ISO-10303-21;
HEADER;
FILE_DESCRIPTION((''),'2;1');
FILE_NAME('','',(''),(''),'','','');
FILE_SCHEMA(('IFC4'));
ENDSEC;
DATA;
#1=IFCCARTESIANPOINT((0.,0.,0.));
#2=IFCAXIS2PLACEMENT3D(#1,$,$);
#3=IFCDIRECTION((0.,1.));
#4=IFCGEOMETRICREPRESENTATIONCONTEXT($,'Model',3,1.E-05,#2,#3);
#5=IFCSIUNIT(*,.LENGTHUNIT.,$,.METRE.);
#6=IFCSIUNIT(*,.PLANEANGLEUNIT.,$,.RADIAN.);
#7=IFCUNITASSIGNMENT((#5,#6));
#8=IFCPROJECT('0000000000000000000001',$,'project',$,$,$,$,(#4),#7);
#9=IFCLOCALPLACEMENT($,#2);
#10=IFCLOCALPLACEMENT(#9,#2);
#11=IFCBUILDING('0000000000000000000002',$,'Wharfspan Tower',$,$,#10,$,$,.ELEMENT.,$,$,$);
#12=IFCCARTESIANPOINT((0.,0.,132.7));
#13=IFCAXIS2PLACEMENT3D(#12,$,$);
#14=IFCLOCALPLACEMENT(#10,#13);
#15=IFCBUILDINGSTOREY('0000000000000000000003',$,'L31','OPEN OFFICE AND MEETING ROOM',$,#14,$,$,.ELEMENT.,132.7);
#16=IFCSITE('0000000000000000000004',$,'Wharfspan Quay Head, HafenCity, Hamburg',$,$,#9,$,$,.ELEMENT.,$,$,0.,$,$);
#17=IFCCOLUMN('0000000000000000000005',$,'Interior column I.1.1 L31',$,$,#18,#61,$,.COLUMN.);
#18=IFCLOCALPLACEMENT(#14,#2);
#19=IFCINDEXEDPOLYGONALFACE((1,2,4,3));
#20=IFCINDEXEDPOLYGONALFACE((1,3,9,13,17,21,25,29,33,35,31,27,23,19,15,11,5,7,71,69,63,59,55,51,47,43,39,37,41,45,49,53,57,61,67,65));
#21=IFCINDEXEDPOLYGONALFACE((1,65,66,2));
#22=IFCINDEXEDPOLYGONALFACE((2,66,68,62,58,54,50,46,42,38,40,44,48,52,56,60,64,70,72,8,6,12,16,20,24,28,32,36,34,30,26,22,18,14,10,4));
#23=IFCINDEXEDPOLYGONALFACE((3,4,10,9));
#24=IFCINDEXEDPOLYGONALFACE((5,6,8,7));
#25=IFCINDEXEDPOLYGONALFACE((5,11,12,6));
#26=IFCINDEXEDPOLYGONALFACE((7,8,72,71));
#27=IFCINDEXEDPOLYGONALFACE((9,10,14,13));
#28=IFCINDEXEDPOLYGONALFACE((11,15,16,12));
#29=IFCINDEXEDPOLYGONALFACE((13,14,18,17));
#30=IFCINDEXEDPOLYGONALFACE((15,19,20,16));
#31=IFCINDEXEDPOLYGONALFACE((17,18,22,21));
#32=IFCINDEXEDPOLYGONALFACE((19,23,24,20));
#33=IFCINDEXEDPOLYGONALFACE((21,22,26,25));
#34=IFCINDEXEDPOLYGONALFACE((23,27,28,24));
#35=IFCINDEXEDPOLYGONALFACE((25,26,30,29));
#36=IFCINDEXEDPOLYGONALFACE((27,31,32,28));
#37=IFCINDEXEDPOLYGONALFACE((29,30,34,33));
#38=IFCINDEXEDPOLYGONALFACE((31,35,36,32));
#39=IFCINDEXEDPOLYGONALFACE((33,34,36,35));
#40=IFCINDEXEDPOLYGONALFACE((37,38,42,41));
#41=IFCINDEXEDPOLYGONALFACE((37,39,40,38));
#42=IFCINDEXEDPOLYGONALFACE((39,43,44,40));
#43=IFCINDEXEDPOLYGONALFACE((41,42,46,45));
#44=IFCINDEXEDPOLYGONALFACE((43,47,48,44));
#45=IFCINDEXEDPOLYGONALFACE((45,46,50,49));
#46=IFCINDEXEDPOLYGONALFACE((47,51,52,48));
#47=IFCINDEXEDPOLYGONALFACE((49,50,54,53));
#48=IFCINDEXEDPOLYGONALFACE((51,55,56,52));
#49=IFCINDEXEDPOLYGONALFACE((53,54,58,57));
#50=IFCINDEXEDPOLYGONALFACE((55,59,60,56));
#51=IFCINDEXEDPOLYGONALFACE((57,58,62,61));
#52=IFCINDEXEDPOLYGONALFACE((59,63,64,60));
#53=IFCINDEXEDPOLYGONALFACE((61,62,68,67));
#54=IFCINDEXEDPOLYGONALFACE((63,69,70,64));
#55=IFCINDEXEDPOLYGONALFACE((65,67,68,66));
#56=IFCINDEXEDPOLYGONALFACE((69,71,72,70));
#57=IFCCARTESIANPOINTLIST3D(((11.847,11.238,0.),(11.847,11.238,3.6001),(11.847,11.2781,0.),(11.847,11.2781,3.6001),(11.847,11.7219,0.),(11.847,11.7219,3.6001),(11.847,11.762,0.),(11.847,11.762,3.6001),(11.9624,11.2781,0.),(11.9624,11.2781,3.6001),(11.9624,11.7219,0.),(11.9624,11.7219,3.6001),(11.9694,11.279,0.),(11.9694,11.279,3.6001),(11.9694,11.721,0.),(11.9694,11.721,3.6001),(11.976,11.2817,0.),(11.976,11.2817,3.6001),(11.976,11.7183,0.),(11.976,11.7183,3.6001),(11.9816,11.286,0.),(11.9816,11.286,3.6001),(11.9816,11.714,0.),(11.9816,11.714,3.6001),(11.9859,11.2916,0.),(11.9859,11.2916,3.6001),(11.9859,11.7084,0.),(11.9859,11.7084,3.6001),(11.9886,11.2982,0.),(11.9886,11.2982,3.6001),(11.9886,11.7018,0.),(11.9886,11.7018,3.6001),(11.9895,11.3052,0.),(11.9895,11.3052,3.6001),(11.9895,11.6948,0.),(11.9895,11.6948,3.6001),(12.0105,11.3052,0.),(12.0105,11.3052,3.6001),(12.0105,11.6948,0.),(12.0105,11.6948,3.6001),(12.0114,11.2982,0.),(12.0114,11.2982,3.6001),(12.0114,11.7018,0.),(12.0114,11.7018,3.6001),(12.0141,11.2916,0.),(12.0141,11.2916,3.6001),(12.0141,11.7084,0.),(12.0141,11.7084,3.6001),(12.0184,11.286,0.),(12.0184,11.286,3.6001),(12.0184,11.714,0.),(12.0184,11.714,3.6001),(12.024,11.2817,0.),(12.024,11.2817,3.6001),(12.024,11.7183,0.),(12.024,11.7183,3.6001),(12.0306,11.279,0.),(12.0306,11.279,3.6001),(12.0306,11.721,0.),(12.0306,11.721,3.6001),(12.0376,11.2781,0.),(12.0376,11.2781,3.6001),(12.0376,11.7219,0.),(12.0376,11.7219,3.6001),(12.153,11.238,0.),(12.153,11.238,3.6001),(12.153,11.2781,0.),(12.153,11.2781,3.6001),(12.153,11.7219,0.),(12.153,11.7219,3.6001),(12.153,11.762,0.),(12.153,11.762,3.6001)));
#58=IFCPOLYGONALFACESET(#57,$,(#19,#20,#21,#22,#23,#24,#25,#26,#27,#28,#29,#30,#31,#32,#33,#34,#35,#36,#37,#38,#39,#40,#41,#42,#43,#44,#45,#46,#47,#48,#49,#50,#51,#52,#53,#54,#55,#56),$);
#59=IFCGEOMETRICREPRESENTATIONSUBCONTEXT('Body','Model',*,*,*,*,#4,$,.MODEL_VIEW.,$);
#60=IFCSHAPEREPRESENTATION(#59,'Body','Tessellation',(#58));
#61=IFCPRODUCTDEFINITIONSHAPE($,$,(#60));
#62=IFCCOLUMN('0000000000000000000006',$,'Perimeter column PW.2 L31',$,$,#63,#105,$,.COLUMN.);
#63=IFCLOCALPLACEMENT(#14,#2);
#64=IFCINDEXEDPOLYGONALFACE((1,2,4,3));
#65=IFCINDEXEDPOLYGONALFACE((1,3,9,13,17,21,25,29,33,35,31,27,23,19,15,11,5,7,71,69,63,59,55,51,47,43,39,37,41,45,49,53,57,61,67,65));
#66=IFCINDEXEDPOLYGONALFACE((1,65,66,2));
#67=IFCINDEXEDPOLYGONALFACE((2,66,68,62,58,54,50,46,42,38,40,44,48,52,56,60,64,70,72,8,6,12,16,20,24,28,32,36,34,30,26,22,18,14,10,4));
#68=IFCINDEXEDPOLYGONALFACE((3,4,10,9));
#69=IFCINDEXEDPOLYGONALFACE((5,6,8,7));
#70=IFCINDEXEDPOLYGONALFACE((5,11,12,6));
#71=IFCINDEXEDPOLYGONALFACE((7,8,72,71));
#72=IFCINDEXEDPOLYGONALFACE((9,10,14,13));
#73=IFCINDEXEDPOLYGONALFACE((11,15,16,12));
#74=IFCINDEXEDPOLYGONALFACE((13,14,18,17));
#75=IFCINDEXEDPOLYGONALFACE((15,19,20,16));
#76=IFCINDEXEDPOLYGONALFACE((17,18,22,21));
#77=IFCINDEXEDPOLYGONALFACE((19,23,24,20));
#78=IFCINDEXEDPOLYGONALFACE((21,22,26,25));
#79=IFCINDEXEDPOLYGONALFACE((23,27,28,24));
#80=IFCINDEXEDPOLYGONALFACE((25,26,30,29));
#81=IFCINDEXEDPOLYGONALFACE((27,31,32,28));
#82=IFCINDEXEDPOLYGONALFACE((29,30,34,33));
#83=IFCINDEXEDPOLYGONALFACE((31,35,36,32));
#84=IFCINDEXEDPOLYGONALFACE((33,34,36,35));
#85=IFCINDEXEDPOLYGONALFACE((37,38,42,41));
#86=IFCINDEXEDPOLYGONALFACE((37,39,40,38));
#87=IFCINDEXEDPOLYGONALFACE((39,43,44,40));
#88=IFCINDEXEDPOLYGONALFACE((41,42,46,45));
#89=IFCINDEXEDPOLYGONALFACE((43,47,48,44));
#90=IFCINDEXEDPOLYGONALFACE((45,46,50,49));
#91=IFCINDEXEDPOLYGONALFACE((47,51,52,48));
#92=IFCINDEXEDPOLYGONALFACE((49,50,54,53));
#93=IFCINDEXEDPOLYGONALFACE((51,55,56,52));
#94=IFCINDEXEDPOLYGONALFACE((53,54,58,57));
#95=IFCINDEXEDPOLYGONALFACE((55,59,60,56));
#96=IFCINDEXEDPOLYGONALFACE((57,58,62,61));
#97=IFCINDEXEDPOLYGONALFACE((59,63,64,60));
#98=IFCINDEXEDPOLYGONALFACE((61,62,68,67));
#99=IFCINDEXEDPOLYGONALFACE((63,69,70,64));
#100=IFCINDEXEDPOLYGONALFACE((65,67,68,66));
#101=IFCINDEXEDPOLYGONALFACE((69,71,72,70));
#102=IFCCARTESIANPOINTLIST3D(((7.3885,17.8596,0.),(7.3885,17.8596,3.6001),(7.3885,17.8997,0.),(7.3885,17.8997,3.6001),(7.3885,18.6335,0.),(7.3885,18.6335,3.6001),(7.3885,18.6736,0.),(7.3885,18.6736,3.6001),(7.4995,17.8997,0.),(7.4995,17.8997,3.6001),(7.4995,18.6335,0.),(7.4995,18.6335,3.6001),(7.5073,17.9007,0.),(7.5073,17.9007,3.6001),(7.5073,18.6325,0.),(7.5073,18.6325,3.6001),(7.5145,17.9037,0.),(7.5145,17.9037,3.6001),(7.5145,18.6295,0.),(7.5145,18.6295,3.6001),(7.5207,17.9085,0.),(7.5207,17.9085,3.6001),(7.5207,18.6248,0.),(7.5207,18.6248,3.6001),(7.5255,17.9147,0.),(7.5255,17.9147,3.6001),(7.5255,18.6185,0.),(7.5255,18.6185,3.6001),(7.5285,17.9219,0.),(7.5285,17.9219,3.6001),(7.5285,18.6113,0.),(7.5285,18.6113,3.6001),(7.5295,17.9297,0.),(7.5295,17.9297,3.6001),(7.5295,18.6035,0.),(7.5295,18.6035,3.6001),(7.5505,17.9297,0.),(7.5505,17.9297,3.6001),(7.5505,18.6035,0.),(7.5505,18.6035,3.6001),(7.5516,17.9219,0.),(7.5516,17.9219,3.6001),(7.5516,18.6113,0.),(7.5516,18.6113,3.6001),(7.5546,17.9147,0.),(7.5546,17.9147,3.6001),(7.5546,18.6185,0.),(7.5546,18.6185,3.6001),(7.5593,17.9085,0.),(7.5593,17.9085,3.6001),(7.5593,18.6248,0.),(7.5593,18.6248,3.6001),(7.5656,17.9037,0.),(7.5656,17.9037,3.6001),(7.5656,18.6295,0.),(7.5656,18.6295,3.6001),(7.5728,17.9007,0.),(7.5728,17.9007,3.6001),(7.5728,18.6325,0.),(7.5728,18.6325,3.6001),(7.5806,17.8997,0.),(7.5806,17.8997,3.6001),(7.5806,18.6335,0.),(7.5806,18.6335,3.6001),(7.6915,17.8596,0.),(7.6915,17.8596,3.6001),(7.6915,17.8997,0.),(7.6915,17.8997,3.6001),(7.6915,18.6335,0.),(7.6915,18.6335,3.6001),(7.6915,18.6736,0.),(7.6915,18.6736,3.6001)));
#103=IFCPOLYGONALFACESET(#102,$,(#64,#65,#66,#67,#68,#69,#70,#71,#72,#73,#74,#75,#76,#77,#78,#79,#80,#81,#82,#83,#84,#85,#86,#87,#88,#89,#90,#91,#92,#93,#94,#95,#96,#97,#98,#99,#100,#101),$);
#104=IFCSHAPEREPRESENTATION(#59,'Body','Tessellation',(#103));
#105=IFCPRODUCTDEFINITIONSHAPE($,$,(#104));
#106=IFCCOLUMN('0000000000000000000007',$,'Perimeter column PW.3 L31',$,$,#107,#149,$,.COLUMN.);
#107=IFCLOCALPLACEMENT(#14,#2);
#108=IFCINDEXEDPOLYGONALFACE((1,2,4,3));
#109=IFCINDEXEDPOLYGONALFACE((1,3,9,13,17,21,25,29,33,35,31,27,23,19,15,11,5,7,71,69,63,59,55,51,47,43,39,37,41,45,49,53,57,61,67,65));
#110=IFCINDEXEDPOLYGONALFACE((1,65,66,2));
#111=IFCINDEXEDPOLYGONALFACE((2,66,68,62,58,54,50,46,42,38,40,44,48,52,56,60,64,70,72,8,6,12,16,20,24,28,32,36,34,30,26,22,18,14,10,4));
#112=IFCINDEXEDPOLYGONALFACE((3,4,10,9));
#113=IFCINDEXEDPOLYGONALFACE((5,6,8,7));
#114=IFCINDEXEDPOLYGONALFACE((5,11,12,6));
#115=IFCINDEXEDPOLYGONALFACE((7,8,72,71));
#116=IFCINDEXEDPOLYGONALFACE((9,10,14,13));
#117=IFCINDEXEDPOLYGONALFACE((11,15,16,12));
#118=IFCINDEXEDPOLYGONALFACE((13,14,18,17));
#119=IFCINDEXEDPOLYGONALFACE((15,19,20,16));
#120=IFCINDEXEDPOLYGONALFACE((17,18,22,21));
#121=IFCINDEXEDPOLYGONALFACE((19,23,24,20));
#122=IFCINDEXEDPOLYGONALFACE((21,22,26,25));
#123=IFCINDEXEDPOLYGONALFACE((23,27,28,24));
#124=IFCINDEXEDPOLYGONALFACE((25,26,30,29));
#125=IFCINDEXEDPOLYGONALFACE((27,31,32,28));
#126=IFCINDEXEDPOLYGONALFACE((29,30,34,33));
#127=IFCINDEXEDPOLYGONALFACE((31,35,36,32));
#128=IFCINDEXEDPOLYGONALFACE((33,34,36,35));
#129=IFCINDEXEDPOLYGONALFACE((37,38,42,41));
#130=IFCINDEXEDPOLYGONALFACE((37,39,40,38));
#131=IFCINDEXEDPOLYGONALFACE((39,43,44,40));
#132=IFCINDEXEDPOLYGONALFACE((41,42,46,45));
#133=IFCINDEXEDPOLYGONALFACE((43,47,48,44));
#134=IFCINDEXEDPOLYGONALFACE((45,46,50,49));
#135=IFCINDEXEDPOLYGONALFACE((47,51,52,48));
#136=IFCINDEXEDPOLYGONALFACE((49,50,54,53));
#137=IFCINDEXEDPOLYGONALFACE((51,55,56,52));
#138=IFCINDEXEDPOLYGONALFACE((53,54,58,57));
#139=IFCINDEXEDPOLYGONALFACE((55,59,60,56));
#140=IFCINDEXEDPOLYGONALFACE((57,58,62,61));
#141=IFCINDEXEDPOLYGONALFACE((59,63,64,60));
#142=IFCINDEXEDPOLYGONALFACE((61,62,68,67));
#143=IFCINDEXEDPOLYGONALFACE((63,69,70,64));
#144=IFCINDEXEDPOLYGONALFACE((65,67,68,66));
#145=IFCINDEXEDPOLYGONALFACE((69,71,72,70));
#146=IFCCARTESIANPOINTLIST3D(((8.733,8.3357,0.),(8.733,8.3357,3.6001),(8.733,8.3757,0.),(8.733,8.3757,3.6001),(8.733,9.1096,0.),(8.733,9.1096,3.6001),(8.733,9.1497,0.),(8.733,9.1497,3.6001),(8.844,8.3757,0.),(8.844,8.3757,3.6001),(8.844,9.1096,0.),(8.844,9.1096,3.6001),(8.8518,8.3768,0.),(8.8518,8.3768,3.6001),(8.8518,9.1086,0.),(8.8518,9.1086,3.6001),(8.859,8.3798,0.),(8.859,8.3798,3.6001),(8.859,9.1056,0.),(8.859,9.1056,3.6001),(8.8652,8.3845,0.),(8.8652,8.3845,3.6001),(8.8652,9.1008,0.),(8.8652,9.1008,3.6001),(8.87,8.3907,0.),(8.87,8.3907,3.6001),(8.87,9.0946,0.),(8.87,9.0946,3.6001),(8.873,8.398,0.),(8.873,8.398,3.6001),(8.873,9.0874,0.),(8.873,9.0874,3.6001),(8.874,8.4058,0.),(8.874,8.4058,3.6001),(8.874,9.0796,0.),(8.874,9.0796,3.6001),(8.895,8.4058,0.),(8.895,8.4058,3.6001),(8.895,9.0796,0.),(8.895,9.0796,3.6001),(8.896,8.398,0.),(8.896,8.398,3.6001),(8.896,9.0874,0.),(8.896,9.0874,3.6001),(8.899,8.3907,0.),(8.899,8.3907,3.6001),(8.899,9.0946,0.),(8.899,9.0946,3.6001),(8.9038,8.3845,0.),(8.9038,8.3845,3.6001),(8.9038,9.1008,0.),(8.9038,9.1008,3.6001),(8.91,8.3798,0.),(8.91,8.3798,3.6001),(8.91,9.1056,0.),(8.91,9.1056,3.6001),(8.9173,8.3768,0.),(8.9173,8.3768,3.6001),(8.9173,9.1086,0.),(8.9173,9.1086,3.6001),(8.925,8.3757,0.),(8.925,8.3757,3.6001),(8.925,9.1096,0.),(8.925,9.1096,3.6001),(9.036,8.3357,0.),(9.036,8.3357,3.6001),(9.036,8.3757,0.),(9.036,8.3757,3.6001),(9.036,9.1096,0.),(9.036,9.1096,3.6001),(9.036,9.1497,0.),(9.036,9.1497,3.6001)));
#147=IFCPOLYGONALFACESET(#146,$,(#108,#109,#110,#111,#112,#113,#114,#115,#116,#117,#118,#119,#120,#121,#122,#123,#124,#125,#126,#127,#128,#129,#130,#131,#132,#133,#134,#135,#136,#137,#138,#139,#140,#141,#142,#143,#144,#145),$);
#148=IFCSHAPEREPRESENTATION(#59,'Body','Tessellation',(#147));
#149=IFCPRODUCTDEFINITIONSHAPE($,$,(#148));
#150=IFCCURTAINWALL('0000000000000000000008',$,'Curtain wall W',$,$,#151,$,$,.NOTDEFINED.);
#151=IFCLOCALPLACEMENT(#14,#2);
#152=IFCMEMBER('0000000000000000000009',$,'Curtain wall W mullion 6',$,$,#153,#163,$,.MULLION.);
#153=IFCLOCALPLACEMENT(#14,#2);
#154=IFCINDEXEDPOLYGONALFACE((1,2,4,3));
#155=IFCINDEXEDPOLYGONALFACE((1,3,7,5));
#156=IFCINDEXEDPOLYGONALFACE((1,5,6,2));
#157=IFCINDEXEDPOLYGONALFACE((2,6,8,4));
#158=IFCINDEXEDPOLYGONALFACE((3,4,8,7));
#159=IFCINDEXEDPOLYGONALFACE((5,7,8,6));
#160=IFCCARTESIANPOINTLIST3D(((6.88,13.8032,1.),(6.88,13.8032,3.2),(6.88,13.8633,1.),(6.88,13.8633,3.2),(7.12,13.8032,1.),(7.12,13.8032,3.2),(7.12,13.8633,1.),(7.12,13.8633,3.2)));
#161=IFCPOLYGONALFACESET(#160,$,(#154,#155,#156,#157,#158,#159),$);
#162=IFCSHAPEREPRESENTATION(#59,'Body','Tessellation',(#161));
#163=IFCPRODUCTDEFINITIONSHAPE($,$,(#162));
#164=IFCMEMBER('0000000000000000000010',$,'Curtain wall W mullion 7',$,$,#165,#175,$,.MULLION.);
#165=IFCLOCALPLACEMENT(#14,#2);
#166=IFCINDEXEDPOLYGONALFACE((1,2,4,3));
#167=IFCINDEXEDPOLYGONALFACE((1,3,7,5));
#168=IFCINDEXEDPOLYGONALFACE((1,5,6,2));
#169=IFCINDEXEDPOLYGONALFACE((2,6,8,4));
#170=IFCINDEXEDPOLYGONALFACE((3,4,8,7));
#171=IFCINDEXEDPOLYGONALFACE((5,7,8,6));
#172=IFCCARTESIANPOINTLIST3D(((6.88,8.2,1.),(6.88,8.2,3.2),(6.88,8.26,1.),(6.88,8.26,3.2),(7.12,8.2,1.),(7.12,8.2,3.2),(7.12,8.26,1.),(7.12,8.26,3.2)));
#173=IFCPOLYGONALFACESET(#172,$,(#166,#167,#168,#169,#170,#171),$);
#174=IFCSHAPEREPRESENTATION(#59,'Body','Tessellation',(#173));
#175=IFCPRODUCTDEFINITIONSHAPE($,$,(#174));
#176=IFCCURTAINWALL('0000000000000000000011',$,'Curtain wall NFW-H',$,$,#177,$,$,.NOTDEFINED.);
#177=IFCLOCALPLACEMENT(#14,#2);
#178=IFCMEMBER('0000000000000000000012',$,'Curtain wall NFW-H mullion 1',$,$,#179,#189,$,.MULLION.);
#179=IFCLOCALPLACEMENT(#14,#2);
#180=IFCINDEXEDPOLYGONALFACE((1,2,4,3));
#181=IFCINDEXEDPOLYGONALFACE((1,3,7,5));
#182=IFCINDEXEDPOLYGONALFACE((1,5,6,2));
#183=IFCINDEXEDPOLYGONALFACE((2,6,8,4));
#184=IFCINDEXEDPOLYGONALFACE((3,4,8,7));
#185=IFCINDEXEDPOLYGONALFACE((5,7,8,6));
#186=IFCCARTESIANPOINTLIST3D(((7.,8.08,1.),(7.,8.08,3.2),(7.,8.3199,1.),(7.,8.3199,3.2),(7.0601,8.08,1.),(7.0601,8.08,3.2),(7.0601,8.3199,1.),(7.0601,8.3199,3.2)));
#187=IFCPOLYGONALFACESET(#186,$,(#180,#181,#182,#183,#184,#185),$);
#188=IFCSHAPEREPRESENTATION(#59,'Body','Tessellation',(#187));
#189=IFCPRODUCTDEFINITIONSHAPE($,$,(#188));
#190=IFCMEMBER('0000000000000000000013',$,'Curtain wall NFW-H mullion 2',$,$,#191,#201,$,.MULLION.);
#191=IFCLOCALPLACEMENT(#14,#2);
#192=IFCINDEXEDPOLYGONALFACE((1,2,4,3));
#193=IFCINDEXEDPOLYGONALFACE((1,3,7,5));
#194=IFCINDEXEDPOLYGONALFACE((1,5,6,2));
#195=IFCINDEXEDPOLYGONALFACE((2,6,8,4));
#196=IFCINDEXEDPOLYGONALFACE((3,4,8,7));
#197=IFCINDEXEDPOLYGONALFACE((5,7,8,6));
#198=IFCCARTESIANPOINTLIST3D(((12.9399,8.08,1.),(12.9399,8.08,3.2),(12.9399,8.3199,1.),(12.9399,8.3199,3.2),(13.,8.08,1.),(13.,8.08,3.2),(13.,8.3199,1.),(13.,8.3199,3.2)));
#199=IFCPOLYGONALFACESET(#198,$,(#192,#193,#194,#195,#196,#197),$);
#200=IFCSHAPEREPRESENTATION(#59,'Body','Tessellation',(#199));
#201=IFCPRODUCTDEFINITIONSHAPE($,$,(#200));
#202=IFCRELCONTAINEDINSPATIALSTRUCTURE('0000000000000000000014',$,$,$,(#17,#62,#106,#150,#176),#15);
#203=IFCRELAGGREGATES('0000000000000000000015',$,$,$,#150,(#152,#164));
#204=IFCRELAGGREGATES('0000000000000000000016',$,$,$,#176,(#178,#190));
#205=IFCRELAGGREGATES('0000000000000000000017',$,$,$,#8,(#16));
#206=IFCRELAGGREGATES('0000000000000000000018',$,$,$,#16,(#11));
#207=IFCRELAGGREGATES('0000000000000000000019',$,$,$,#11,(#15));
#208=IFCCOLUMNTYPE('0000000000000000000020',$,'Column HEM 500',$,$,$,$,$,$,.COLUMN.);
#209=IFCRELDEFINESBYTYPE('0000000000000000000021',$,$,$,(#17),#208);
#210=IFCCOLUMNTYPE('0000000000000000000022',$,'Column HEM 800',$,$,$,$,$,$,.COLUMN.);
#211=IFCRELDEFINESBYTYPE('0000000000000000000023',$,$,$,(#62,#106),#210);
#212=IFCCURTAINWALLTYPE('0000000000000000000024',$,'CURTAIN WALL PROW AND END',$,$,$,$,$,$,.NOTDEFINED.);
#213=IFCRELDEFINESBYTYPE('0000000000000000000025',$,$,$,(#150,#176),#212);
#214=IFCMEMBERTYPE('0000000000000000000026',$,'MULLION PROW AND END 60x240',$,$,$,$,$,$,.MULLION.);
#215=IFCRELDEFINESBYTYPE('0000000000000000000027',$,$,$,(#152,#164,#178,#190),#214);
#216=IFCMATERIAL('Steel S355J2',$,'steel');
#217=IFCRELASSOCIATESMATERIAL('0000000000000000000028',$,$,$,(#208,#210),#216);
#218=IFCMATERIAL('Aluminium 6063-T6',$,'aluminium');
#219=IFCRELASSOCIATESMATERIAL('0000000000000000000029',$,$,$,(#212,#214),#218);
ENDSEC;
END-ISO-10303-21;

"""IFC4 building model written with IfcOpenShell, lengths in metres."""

from ifc_helpers import new_model, si_unit, direction, frame, origin, origin_2d, place, context, subcontext, project, spatial, rectangle, i_section, extrude, material, material_profile, profile_set, type_object, element, aggregate, save


model = new_model("IFC4")

# Units and contexts
model_context = context("Model", 3, precision=1e-05, world=origin(), true_north=direction((0.0, 1.0)))
body_context = subcontext(model_context, "Body", "Model", "MODEL_VIEW")
ifc_project = project(units=[si_unit("LENGTHUNIT", "METRE"), si_unit("PLANEANGLEUNIT", "RADIAN")], contexts=[model_context])

# Site, building, storey
site_placement = place(None, origin())
site = spatial("IfcSite", under=ifc_project, at=site_placement, Name="Wharfspan Quay Head, HafenCity, Hamburg", CompositionType="ELEMENT", RefElevation=0.0)
building_placement = place(site_placement, origin())
building = spatial("IfcBuilding", under=site, at=building_placement, Name="Wharfspan Tower", CompositionType="ELEMENT")
storey_placement = place(building_placement, frame((0.0, 0.0, 132.7)))
storey = spatial("IfcBuildingStorey", under=building, at=storey_placement, Name="L31", Description="OPEN OFFICE AND MEETING ROOM", CompositionType="ELEMENT", Elevation=132.7)

# Columns
ifc_material_1 = material(Name="Steel S355J2", Category="steel")
ifc_material_profile_1 = material_profile(ifc_material_1, i_section(OverallWidth=0.3059, OverallDepth=0.5239, WebThickness=0.021, FlangeThickness=0.04, FilletRadius=0.0271, at=origin_2d()))
ifc_profile_set_1 = profile_set([ifc_material_profile_1], Name="Steel S355J2")
column_type_1 = type_object("IfcColumnType", Name="Column HEM 500", PredefinedType="COLUMN", material=ifc_profile_set_1)
column_placement = place(storey_placement, frame((12.0, 11.5, 0.0), z_axis=(0.0, 0.0, 1.0), x_axis=(1.0, 0.0, 0.0)))
element("IfcColumn", 1, at=column_placement, inside=storey, type_object=column_type_1, Name="Interior column I.1.1 L31", PredefinedType="COLUMN", context=body_context, shape_type="SweptSolid", body=[
    extrude(i_section(OverallWidth=0.3059, OverallDepth=0.5239, WebThickness=0.021, FlangeThickness=0.04, FilletRadius=0.0271, at=origin_2d()), origin(), (0.0, 0.0, 1.0), 3.6001),
])
ifc_material_profile_2 = material_profile(ifc_material_1, i_section(OverallWidth=0.303, OverallDepth=0.814, WebThickness=0.021, FlangeThickness=0.04, FilletRadius=0.03, at=origin_2d()))
ifc_profile_set_2 = profile_set([ifc_material_profile_2], Name="Steel S355J2")
column_type_2 = type_object("IfcColumnType", Name="Column HEM 800", PredefinedType="COLUMN", material=ifc_profile_set_2)
for number, where, z_axis, x_axis, name in (
    (2, (7.54, 18.2666, 0.0), (0.0, 0.0, 1.0), (-1.0, 0.0, 0.0), "Perimeter column PW.2 L31"),
    (3, (8.8845, 8.7427, 0.0), (0.0, 0.0, 1.0), (-1.0, 0.0, 0.0), "Perimeter column PW.3 L31"),
):
    element("IfcColumn", number, at=place(storey_placement, frame(where, z_axis=z_axis, x_axis=x_axis)), inside=storey, type_object=column_type_2, Name=name, PredefinedType="COLUMN", context=body_context, shape_type="SweptSolid", body=[
        extrude(i_section(OverallWidth=0.303, OverallDepth=0.814, WebThickness=0.021, FlangeThickness=0.04, FilletRadius=0.03, at=origin_2d()), origin(), (0.0, 0.0, 1.0), 3.6001),
    ])

# Curtain walls, members
ifc_material_2 = material(Name="Aluminium 6063-T6", Category="aluminium")
curtain_wall_type = type_object("IfcCurtainWallType", Name="CURTAIN WALL PROW AND END", PredefinedType="NOTDEFINED", material=ifc_material_2)
curtain_wall_1_placement = place(storey_placement, origin())
curtain_wall_1 = element("IfcCurtainWall", 4, at=curtain_wall_1_placement, inside=storey, type_object=curtain_wall_type, Name="Curtain wall W", PredefinedType="NOTDEFINED")
ifc_material_profile_3 = material_profile(ifc_material_2, rectangle(XDim=0.24, YDim=0.0601, at=origin_2d()))
ifc_profile_set_3 = profile_set([ifc_material_profile_3], Name="Aluminium 6063-T6")
member_type_1 = type_object("IfcMemberType", Name="MULLION PROW AND END 60x240", PredefinedType="MULLION", material=ifc_profile_set_3)
member_1_placement = place(storey_placement, frame((7.0, 13.8333, 1.0), z_axis=(0.0, 0.0, 1.0), x_axis=(1.0, 0.0, 0.0)))
member_1 = element("IfcMember", 5, at=member_1_placement, type_object=member_type_1, Name="Curtain wall W mullion 6", PredefinedType="MULLION", context=body_context, shape_type="SweptSolid", body=[
    extrude(rectangle(XDim=0.24, YDim=0.0601, at=origin_2d()), origin(), (0.0, 0.0, 1.0), 2.2),
])
member_2_placement = place(storey_placement, frame((7.0, 8.23, 1.0), z_axis=(0.0, 0.0, 1.0), x_axis=(1.0, 0.0, 0.0)))
member_2 = element("IfcMember", 6, at=member_2_placement, type_object=member_type_1, Name="Curtain wall W mullion 7", PredefinedType="MULLION", context=body_context, shape_type="SweptSolid", body=[
    extrude(rectangle(XDim=0.24, YDim=0.0601, at=origin_2d()), origin(), (0.0, 0.0, 1.0), 2.2),
])
curtain_wall_2_placement = place(storey_placement, origin())
curtain_wall_2 = element("IfcCurtainWall", 7, at=curtain_wall_2_placement, inside=storey, type_object=curtain_wall_type, Name="Curtain wall NFW-H", PredefinedType="NOTDEFINED")
member_3_placement = place(storey_placement, frame((7.03, 8.2, 1.0), z_axis=(0.0, 0.0, 1.0), x_axis=(0.0, 1.0, 0.0)))
member_3 = element("IfcMember", 8, at=member_3_placement, type_object=member_type_1, Name="Curtain wall NFW-H mullion 1", PredefinedType="MULLION", context=body_context, shape_type="SweptSolid", body=[
    extrude(rectangle(XDim=0.24, YDim=0.0601, at=origin_2d()), origin(), (0.0, 0.0, 1.0), 2.2),
])
member_4_placement = place(storey_placement, frame((12.97, 8.2, 1.0), z_axis=(0.0, 0.0, 1.0), x_axis=(0.0, 1.0, 0.0)))
member_4 = element("IfcMember", 9, at=member_4_placement, type_object=member_type_1, Name="Curtain wall NFW-H mullion 2", PredefinedType="MULLION", context=body_context, shape_type="SweptSolid", body=[
    extrude(rectangle(XDim=0.24, YDim=0.0601, at=origin_2d()), origin(), (0.0, 0.0, 1.0), 2.2),
])

aggregate(curtain_wall_1, [member_1, member_2])
aggregate(curtain_wall_2, [member_3, member_4])

save(model, "model.ifc")
